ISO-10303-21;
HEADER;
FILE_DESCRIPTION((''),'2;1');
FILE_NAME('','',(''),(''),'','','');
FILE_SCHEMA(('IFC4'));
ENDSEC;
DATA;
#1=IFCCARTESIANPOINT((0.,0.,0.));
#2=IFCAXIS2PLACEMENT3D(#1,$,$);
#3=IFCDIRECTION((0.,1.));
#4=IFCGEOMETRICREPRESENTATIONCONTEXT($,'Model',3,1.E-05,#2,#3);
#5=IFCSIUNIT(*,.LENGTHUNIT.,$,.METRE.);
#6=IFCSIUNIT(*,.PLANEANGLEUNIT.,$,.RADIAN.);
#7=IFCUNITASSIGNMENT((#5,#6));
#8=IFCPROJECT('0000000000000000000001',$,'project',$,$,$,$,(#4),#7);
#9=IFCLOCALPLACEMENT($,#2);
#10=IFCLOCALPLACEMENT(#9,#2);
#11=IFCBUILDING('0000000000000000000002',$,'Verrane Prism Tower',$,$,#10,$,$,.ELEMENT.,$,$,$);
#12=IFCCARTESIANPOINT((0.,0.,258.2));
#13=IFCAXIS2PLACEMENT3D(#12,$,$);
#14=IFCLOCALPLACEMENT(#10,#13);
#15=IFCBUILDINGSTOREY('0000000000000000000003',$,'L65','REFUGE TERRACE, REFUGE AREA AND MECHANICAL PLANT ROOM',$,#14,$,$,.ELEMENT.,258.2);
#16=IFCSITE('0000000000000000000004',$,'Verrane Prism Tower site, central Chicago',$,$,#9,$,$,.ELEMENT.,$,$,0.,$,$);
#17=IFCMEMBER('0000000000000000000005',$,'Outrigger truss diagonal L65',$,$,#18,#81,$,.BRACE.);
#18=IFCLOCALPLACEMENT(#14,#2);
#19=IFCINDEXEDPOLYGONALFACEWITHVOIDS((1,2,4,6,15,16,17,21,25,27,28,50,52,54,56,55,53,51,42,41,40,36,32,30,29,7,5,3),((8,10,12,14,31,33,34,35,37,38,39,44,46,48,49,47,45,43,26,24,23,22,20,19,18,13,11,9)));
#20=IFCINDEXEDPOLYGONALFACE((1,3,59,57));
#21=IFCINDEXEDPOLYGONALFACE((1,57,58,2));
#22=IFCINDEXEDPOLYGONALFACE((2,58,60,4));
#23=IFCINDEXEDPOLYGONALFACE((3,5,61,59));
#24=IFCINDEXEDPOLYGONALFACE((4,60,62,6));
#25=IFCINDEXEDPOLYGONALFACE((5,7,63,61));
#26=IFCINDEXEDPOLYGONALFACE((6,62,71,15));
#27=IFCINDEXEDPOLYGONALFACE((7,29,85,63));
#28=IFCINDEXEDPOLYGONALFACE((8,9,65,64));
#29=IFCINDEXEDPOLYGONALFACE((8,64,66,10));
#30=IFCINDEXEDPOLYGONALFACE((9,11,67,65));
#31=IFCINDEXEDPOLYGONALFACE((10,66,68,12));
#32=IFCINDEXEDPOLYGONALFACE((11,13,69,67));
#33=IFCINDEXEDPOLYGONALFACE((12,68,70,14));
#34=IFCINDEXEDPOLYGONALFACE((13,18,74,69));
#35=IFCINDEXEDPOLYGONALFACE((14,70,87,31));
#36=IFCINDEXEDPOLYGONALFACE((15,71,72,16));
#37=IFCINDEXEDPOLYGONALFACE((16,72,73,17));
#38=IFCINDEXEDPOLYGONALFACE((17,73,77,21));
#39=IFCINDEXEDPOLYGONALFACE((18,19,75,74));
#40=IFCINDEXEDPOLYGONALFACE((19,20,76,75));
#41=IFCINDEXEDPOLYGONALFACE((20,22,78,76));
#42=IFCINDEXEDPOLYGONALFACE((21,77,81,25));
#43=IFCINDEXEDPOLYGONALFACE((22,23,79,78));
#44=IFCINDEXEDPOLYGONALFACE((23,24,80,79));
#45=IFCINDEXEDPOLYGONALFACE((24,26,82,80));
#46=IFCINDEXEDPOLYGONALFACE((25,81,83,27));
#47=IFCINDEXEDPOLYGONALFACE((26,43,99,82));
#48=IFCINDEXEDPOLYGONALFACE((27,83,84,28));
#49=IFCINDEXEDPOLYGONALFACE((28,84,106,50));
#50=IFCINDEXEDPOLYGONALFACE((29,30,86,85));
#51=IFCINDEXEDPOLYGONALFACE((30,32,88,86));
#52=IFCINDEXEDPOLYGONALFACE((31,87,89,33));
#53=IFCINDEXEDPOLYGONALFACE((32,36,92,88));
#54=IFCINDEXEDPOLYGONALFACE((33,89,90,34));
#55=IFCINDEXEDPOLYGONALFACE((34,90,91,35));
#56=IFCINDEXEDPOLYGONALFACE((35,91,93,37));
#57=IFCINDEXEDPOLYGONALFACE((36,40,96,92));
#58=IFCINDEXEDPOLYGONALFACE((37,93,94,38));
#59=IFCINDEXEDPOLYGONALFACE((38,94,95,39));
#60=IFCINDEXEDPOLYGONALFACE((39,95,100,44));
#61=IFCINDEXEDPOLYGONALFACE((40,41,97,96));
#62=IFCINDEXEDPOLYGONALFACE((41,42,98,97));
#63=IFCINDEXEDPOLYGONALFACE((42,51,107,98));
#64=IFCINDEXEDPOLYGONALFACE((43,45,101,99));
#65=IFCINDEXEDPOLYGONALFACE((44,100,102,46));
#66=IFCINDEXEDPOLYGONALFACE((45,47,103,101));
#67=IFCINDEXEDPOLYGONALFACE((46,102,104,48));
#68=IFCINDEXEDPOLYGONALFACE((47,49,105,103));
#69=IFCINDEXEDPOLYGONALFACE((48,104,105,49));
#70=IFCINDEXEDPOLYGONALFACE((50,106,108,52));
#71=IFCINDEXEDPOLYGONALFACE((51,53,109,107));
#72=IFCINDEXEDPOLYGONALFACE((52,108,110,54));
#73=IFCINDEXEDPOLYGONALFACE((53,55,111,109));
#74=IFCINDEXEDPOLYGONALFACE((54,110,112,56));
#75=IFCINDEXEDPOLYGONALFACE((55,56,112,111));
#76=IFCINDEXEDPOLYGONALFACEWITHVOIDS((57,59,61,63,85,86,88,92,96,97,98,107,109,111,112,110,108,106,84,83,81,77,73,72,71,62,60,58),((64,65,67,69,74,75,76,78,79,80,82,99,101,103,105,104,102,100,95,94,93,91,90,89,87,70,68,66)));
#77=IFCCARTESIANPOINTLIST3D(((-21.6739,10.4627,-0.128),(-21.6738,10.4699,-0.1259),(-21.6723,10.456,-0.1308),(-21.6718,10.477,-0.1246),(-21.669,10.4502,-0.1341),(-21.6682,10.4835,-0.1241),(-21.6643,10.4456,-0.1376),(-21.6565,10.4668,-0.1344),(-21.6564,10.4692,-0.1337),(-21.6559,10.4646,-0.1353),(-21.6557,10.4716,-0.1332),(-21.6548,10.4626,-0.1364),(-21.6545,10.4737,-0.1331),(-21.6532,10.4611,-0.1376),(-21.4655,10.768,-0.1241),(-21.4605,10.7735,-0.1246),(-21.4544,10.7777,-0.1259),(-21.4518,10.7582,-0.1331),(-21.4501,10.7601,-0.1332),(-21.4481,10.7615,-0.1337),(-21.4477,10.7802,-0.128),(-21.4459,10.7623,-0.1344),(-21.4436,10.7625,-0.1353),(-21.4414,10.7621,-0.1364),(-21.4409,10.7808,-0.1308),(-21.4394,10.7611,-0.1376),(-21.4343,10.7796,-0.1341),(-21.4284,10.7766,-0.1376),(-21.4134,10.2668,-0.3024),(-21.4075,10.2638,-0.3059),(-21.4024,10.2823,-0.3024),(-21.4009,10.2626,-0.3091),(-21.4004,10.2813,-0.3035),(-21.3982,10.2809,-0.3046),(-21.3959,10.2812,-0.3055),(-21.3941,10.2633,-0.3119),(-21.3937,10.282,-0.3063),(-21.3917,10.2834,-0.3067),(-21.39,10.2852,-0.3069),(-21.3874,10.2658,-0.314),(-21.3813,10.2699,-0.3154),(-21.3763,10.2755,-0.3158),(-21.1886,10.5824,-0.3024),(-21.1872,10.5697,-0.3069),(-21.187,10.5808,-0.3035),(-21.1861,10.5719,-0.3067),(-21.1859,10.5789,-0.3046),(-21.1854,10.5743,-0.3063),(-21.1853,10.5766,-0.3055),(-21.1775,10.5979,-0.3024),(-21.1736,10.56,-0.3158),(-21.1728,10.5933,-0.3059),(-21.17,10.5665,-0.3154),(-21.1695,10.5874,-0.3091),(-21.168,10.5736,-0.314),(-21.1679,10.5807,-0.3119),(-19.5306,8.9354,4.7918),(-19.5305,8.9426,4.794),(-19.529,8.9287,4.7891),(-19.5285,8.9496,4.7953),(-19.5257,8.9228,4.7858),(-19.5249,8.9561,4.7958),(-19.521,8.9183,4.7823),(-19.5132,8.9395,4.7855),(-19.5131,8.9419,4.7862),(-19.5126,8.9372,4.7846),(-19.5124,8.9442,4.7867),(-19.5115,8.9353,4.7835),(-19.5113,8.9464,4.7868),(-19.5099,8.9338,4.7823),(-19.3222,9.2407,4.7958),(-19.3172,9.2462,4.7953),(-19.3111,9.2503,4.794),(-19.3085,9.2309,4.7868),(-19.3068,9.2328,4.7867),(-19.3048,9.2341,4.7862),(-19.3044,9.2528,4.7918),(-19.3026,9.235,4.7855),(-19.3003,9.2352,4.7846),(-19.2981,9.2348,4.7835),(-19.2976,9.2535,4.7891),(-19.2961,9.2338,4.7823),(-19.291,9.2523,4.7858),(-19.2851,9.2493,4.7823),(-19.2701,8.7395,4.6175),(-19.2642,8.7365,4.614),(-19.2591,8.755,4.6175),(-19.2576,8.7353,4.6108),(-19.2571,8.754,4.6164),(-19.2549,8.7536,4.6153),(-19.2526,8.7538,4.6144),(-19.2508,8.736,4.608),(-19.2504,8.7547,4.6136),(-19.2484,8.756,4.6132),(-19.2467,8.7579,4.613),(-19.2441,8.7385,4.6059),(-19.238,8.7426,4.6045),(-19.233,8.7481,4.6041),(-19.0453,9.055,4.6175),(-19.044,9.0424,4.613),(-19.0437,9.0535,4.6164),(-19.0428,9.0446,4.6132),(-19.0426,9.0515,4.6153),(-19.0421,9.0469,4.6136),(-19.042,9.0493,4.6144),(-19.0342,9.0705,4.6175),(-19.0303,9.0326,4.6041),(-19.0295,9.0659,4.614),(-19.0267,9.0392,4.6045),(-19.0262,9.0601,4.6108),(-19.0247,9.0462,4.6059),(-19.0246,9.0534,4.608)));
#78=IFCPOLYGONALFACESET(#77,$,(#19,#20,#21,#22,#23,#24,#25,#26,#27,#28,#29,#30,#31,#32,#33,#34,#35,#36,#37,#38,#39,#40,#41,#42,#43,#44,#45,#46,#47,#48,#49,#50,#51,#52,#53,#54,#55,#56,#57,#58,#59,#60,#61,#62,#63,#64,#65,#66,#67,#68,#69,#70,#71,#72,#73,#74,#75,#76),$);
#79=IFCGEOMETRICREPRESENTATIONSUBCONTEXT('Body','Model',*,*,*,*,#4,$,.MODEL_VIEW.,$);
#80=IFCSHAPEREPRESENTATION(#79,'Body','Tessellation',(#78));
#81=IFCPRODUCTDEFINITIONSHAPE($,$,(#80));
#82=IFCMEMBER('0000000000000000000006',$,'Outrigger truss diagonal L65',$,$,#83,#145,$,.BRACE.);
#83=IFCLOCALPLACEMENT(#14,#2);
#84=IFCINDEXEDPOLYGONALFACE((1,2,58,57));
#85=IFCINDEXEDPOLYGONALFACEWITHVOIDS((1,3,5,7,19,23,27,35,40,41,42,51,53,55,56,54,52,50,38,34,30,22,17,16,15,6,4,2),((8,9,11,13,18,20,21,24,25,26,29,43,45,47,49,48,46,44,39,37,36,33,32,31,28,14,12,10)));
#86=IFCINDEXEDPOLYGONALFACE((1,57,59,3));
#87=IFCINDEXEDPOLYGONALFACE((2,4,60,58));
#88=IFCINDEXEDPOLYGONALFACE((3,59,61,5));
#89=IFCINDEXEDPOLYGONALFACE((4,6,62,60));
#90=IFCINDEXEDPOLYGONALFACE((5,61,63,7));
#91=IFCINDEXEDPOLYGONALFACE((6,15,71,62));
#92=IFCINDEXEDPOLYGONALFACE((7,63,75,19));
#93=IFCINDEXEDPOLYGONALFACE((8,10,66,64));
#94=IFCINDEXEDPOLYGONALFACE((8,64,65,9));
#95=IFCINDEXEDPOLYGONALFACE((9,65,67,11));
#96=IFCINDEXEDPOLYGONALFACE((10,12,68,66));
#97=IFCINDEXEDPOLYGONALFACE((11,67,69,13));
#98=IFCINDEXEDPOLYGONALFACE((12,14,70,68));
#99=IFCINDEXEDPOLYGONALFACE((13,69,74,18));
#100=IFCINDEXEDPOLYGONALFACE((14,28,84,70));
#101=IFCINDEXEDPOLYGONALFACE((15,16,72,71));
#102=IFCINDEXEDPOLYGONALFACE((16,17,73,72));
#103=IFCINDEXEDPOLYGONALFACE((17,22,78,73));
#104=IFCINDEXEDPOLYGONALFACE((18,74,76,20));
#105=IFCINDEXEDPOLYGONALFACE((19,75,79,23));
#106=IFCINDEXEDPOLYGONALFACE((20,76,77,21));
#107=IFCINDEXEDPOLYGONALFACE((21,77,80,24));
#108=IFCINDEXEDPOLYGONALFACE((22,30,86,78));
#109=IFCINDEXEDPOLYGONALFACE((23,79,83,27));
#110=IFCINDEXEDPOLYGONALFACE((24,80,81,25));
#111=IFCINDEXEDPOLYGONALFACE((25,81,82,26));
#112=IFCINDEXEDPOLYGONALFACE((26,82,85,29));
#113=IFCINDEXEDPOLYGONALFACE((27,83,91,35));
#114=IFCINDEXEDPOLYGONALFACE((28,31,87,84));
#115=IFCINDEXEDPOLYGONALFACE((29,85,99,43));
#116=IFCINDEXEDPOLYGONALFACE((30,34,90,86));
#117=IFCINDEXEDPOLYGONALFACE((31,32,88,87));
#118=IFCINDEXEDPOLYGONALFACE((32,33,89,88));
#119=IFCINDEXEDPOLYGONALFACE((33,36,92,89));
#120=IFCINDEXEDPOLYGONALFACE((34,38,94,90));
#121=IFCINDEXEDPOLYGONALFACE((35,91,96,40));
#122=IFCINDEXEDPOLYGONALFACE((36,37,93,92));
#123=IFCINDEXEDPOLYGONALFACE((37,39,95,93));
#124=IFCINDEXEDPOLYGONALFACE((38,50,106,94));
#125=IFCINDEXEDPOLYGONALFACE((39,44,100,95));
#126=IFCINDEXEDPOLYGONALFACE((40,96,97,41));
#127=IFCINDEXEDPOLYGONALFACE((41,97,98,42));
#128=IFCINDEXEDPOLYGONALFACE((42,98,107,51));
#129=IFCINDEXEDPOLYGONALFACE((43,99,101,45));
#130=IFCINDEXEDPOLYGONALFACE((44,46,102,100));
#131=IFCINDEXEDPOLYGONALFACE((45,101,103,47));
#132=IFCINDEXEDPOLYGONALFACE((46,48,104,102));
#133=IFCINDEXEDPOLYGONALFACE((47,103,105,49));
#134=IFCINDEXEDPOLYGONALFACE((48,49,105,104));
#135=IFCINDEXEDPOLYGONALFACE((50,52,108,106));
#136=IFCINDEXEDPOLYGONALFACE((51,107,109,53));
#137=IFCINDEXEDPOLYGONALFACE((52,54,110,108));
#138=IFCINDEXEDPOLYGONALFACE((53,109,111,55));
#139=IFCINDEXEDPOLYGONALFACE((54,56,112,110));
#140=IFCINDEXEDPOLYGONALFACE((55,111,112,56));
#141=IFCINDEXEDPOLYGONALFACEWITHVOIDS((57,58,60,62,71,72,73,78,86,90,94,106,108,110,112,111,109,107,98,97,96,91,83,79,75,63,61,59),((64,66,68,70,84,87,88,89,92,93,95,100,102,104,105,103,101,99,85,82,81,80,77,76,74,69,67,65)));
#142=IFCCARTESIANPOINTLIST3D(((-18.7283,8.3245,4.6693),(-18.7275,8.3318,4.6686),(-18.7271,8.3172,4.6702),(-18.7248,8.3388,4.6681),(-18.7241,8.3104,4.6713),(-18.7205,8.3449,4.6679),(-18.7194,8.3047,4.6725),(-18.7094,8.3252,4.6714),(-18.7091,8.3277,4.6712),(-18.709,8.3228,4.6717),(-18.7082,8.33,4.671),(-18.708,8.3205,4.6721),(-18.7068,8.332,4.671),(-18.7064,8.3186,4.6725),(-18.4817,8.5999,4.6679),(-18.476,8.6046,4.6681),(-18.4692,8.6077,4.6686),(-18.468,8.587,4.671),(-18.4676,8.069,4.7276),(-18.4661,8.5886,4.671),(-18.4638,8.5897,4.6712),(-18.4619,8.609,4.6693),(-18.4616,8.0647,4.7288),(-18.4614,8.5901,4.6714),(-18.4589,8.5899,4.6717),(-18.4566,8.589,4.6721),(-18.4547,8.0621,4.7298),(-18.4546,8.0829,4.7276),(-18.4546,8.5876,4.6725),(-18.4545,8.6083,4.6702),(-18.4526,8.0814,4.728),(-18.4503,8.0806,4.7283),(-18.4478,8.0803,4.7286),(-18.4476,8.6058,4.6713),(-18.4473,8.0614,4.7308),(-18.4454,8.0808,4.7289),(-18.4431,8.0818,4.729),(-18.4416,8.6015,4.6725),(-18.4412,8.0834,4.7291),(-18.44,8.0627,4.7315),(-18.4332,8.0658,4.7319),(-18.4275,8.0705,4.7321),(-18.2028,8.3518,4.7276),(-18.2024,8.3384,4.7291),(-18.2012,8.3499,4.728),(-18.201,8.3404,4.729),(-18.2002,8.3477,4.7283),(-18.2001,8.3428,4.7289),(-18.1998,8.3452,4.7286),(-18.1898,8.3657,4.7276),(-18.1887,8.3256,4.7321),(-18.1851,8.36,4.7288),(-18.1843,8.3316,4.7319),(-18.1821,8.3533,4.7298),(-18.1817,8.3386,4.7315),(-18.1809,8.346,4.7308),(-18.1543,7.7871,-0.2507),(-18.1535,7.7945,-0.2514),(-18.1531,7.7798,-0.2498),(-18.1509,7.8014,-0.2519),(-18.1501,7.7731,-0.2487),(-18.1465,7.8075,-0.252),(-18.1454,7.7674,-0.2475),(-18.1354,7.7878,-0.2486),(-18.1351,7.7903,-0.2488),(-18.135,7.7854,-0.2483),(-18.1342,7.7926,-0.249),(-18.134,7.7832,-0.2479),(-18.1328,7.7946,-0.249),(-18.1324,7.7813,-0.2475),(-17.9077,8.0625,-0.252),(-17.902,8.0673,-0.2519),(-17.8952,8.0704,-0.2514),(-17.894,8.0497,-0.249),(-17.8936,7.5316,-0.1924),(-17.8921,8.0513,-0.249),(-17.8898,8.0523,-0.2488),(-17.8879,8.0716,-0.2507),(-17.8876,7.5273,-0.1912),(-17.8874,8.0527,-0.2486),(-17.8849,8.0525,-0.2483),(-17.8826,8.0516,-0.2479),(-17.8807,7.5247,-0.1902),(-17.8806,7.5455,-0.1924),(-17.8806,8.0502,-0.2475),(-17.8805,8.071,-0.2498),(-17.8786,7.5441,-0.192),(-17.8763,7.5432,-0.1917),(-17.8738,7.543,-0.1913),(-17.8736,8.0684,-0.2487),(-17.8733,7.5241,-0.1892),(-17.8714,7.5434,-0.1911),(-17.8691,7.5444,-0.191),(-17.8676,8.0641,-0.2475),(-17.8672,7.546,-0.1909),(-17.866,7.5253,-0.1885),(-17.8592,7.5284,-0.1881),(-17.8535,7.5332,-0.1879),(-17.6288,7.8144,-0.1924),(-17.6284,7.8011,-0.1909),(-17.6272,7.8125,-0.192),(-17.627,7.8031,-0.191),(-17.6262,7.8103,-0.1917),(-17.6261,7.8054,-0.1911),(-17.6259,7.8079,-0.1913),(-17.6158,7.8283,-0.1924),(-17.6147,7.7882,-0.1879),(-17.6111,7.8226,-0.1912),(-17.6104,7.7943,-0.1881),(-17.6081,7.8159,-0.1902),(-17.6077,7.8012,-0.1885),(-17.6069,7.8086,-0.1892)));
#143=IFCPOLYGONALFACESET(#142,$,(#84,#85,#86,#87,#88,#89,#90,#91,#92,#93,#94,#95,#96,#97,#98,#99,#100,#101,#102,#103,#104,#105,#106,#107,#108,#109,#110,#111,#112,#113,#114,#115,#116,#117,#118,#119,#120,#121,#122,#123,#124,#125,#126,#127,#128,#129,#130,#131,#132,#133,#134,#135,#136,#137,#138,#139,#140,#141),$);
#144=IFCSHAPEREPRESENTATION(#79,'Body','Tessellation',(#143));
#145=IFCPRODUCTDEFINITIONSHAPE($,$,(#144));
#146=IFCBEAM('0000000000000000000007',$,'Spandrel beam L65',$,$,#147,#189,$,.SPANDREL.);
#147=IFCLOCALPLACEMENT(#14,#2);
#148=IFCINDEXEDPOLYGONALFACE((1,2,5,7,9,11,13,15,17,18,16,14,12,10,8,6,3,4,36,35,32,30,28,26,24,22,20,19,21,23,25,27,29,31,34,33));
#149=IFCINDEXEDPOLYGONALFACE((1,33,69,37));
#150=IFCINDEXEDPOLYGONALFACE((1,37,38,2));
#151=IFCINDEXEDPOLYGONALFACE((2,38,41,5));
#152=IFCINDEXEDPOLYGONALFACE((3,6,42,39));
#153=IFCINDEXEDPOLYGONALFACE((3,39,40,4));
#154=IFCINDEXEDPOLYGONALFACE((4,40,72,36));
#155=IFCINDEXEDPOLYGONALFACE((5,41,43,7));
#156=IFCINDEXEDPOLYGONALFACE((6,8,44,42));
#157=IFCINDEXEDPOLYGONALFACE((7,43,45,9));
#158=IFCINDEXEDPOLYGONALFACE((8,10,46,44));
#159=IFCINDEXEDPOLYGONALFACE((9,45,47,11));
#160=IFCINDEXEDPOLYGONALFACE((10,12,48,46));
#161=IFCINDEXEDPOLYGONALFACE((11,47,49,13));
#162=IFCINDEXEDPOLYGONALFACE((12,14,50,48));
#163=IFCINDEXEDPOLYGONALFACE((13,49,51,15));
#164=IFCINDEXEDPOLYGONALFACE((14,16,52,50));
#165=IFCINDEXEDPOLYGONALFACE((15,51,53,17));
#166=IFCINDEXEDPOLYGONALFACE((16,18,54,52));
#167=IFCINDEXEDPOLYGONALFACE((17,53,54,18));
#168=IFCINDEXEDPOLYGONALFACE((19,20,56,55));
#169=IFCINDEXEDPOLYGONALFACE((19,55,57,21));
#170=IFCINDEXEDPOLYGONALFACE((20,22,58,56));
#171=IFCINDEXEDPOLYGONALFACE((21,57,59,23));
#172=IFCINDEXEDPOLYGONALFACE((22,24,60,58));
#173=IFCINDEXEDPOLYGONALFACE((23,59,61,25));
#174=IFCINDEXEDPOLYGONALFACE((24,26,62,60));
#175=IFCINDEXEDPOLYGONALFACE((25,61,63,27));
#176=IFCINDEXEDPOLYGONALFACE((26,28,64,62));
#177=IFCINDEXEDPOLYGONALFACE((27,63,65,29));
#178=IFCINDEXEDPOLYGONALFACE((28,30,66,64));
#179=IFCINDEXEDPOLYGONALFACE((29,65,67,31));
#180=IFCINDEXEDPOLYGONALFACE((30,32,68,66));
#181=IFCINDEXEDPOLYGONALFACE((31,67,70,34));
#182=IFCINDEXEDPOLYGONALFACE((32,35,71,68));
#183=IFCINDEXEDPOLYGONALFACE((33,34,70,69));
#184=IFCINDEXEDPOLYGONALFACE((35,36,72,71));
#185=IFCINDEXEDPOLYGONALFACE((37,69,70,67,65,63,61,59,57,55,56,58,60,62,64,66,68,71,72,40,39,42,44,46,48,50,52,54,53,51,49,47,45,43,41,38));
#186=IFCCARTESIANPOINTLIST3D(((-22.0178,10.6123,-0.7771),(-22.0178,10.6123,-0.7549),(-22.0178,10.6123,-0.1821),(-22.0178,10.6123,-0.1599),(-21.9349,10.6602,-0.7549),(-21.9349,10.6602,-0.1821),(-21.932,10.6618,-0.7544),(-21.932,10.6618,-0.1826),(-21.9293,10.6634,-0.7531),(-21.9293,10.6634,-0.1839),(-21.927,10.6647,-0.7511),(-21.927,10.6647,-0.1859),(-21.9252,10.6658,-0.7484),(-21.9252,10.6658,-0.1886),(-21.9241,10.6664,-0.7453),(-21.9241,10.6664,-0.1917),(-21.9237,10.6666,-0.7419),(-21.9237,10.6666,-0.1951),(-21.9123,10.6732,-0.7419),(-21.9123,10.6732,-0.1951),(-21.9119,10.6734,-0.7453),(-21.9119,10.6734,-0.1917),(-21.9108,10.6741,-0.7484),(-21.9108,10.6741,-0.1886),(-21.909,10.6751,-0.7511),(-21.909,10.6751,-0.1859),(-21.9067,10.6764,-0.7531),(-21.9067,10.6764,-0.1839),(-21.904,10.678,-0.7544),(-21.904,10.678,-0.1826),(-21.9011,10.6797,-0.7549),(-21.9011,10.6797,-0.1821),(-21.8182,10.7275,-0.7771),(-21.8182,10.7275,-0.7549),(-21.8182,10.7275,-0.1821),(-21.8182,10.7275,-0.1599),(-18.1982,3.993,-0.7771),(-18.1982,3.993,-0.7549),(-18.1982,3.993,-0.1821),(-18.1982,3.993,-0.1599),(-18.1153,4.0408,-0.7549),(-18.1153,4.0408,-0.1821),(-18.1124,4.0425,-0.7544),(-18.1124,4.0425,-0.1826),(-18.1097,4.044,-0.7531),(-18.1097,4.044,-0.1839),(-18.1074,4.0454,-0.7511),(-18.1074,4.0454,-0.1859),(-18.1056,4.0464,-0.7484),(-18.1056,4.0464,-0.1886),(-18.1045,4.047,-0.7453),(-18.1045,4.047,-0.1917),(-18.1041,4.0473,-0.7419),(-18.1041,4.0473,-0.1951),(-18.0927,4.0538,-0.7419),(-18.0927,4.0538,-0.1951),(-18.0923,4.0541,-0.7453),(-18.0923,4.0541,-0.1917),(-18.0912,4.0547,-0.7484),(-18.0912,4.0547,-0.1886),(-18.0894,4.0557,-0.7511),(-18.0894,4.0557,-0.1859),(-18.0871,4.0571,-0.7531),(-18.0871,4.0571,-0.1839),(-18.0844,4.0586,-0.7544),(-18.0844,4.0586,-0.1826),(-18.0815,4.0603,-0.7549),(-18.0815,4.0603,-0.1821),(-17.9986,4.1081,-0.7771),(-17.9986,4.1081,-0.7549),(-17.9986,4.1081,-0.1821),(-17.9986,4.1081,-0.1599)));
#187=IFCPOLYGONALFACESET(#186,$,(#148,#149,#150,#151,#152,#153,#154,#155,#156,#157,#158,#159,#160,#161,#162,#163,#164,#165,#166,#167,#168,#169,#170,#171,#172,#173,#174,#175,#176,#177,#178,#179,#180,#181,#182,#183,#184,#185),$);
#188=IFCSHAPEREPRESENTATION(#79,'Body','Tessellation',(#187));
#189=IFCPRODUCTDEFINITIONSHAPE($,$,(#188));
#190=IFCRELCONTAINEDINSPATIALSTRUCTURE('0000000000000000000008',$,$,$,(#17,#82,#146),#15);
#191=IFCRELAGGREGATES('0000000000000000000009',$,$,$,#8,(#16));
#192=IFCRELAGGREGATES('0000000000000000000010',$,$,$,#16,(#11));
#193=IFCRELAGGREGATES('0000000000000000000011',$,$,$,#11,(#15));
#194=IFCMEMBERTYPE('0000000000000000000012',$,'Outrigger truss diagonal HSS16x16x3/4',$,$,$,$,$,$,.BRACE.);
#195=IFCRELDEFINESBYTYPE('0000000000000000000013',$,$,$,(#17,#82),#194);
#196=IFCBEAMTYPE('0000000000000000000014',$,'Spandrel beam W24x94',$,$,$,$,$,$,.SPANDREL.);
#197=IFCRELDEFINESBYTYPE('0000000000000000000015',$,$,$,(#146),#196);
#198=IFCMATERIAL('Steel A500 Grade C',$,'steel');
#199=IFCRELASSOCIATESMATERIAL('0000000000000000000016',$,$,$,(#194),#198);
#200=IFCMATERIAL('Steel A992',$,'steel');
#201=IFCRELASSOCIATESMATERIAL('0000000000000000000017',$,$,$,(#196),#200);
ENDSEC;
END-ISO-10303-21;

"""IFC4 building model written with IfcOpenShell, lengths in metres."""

from ifc_helpers import new_model, si_unit, direction, frame, origin, origin_2d, place, context, subcontext, project, spatial, hollow_rectangle, i_section, extrude, material, material_profile, profile_set, type_object, element, save


model = new_model("IFC4")

# Units and contexts
model_context = context("Model", 3, precision=1e-05, world=origin(), true_north=direction((0.0, 1.0)))
body_context = subcontext(model_context, "Body", "Model", "MODEL_VIEW")
ifc_project = project(units=[si_unit("LENGTHUNIT", "METRE"), si_unit("PLANEANGLEUNIT", "RADIAN")], contexts=[model_context])

# Site, building, storey
site_placement = place(None, origin())
site = spatial("IfcSite", under=ifc_project, at=site_placement, Name="Verrane Prism Tower site, central Chicago", CompositionType="ELEMENT", RefElevation=0.0)
building_placement = place(site_placement, origin())
building = spatial("IfcBuilding", under=site, at=building_placement, Name="Verrane Prism Tower", CompositionType="ELEMENT")
storey_placement = place(building_placement, frame((0.0, 0.0, 258.2)))
storey = spatial("IfcBuildingStorey", under=building, at=storey_placement, Name="L65", Description="REFUGE TERRACE, REFUGE AREA AND MECHANICAL PLANT ROOM", CompositionType="ELEMENT", Elevation=258.2)

# Members
ifc_material_1 = material(Name="Steel A500 Grade C", Category="steel")
ifc_material_profile_1 = material_profile(ifc_material_1, hollow_rectangle(XDim=0.4065, YDim=0.4065, WallThickness=0.019, InnerFilletRadius=0.0095, OuterFilletRadius=0.0286, at=origin_2d()), Name="HSS16x16x3/4")
ifc_profile_set_1 = profile_set([ifc_material_profile_1], Name="Steel A500 Grade C")
member_type_1 = type_object("IfcMemberType", Name="Outrigger truss diagonal HSS16x16x3/4", PredefinedType="BRACE", material=ifc_profile_set_1)
member_1_placement = place(storey_placement, frame((-21.4209, 10.5217, -0.22), z_axis=(0.384132, -0.273736, 0.881766), x_axis=(0.580334, 0.814379, 0.0)))
element("IfcMember", 1, at=member_1_placement, inside=storey, type_object=member_type_1, Name="Outrigger truss diagonal L65", PredefinedType="BRACE", context=body_context, shape_type="SweptSolid", body=[
    extrude(hollow_rectangle(XDim=0.4065, YDim=0.4065, WallThickness=0.019, InnerFilletRadius=0.0095, OuterFilletRadius=0.0286, at=origin_2d()), origin(), (0.0, 0.0, 1.0), 5.5796),
])
member_2_placement = place(storey_placement, frame((-17.8806, 7.7979, -0.22), z_axis=(-0.115202, 0.107851, 0.98747), x_axis=(-0.683435, -0.730012, 0.0)))
element("IfcMember", 2, at=member_2_placement, inside=storey, type_object=member_type_1, Name="Outrigger truss diagonal L65", PredefinedType="BRACE", context=body_context, shape_type="SweptSolid", body=[
    extrude(hollow_rectangle(XDim=0.4065, YDim=0.4065, WallThickness=0.019, InnerFilletRadius=0.0095, OuterFilletRadius=0.0286, at=origin_2d()), origin(), (0.0, 0.0, 1.0), 4.9824),
])

# Beam
ifc_material_2 = material(Name="Steel A992", Category="steel")
ifc_material_profile_2 = material_profile(ifc_material_2, i_section(OverallWidth=0.2305, OverallDepth=0.6172, WebThickness=0.0132, FlangeThickness=0.0222, FilletRadius=0.0129, at=origin_2d()), Name="W24x94")
ifc_profile_set_2 = profile_set([ifc_material_profile_2], Name="Steel A992")
beam_type_1 = type_object("IfcBeamType", Name="Spandrel beam W24x94", PredefinedType="SPANDREL", material=ifc_profile_set_2)
beam_1_placement = place(storey_placement, frame((-21.918, 10.6699, -0.4685), z_axis=(0.499792, -0.866146, 0.0), x_axis=(0.866146, 0.499792, 0.0)))
element("IfcBeam", 3, at=beam_1_placement, inside=storey, type_object=beam_type_1, Name="Spandrel beam L65", PredefinedType="SPANDREL", context=body_context, shape_type="SweptSolid", body=[
    extrude(i_section(OverallWidth=0.2305, OverallDepth=0.6172, WebThickness=0.0132, FlangeThickness=0.0222, FilletRadius=0.0129, at=origin_2d()), origin(), (0.0, 0.0, 1.0), 7.6423),
])

save(model, "model.ifc")
